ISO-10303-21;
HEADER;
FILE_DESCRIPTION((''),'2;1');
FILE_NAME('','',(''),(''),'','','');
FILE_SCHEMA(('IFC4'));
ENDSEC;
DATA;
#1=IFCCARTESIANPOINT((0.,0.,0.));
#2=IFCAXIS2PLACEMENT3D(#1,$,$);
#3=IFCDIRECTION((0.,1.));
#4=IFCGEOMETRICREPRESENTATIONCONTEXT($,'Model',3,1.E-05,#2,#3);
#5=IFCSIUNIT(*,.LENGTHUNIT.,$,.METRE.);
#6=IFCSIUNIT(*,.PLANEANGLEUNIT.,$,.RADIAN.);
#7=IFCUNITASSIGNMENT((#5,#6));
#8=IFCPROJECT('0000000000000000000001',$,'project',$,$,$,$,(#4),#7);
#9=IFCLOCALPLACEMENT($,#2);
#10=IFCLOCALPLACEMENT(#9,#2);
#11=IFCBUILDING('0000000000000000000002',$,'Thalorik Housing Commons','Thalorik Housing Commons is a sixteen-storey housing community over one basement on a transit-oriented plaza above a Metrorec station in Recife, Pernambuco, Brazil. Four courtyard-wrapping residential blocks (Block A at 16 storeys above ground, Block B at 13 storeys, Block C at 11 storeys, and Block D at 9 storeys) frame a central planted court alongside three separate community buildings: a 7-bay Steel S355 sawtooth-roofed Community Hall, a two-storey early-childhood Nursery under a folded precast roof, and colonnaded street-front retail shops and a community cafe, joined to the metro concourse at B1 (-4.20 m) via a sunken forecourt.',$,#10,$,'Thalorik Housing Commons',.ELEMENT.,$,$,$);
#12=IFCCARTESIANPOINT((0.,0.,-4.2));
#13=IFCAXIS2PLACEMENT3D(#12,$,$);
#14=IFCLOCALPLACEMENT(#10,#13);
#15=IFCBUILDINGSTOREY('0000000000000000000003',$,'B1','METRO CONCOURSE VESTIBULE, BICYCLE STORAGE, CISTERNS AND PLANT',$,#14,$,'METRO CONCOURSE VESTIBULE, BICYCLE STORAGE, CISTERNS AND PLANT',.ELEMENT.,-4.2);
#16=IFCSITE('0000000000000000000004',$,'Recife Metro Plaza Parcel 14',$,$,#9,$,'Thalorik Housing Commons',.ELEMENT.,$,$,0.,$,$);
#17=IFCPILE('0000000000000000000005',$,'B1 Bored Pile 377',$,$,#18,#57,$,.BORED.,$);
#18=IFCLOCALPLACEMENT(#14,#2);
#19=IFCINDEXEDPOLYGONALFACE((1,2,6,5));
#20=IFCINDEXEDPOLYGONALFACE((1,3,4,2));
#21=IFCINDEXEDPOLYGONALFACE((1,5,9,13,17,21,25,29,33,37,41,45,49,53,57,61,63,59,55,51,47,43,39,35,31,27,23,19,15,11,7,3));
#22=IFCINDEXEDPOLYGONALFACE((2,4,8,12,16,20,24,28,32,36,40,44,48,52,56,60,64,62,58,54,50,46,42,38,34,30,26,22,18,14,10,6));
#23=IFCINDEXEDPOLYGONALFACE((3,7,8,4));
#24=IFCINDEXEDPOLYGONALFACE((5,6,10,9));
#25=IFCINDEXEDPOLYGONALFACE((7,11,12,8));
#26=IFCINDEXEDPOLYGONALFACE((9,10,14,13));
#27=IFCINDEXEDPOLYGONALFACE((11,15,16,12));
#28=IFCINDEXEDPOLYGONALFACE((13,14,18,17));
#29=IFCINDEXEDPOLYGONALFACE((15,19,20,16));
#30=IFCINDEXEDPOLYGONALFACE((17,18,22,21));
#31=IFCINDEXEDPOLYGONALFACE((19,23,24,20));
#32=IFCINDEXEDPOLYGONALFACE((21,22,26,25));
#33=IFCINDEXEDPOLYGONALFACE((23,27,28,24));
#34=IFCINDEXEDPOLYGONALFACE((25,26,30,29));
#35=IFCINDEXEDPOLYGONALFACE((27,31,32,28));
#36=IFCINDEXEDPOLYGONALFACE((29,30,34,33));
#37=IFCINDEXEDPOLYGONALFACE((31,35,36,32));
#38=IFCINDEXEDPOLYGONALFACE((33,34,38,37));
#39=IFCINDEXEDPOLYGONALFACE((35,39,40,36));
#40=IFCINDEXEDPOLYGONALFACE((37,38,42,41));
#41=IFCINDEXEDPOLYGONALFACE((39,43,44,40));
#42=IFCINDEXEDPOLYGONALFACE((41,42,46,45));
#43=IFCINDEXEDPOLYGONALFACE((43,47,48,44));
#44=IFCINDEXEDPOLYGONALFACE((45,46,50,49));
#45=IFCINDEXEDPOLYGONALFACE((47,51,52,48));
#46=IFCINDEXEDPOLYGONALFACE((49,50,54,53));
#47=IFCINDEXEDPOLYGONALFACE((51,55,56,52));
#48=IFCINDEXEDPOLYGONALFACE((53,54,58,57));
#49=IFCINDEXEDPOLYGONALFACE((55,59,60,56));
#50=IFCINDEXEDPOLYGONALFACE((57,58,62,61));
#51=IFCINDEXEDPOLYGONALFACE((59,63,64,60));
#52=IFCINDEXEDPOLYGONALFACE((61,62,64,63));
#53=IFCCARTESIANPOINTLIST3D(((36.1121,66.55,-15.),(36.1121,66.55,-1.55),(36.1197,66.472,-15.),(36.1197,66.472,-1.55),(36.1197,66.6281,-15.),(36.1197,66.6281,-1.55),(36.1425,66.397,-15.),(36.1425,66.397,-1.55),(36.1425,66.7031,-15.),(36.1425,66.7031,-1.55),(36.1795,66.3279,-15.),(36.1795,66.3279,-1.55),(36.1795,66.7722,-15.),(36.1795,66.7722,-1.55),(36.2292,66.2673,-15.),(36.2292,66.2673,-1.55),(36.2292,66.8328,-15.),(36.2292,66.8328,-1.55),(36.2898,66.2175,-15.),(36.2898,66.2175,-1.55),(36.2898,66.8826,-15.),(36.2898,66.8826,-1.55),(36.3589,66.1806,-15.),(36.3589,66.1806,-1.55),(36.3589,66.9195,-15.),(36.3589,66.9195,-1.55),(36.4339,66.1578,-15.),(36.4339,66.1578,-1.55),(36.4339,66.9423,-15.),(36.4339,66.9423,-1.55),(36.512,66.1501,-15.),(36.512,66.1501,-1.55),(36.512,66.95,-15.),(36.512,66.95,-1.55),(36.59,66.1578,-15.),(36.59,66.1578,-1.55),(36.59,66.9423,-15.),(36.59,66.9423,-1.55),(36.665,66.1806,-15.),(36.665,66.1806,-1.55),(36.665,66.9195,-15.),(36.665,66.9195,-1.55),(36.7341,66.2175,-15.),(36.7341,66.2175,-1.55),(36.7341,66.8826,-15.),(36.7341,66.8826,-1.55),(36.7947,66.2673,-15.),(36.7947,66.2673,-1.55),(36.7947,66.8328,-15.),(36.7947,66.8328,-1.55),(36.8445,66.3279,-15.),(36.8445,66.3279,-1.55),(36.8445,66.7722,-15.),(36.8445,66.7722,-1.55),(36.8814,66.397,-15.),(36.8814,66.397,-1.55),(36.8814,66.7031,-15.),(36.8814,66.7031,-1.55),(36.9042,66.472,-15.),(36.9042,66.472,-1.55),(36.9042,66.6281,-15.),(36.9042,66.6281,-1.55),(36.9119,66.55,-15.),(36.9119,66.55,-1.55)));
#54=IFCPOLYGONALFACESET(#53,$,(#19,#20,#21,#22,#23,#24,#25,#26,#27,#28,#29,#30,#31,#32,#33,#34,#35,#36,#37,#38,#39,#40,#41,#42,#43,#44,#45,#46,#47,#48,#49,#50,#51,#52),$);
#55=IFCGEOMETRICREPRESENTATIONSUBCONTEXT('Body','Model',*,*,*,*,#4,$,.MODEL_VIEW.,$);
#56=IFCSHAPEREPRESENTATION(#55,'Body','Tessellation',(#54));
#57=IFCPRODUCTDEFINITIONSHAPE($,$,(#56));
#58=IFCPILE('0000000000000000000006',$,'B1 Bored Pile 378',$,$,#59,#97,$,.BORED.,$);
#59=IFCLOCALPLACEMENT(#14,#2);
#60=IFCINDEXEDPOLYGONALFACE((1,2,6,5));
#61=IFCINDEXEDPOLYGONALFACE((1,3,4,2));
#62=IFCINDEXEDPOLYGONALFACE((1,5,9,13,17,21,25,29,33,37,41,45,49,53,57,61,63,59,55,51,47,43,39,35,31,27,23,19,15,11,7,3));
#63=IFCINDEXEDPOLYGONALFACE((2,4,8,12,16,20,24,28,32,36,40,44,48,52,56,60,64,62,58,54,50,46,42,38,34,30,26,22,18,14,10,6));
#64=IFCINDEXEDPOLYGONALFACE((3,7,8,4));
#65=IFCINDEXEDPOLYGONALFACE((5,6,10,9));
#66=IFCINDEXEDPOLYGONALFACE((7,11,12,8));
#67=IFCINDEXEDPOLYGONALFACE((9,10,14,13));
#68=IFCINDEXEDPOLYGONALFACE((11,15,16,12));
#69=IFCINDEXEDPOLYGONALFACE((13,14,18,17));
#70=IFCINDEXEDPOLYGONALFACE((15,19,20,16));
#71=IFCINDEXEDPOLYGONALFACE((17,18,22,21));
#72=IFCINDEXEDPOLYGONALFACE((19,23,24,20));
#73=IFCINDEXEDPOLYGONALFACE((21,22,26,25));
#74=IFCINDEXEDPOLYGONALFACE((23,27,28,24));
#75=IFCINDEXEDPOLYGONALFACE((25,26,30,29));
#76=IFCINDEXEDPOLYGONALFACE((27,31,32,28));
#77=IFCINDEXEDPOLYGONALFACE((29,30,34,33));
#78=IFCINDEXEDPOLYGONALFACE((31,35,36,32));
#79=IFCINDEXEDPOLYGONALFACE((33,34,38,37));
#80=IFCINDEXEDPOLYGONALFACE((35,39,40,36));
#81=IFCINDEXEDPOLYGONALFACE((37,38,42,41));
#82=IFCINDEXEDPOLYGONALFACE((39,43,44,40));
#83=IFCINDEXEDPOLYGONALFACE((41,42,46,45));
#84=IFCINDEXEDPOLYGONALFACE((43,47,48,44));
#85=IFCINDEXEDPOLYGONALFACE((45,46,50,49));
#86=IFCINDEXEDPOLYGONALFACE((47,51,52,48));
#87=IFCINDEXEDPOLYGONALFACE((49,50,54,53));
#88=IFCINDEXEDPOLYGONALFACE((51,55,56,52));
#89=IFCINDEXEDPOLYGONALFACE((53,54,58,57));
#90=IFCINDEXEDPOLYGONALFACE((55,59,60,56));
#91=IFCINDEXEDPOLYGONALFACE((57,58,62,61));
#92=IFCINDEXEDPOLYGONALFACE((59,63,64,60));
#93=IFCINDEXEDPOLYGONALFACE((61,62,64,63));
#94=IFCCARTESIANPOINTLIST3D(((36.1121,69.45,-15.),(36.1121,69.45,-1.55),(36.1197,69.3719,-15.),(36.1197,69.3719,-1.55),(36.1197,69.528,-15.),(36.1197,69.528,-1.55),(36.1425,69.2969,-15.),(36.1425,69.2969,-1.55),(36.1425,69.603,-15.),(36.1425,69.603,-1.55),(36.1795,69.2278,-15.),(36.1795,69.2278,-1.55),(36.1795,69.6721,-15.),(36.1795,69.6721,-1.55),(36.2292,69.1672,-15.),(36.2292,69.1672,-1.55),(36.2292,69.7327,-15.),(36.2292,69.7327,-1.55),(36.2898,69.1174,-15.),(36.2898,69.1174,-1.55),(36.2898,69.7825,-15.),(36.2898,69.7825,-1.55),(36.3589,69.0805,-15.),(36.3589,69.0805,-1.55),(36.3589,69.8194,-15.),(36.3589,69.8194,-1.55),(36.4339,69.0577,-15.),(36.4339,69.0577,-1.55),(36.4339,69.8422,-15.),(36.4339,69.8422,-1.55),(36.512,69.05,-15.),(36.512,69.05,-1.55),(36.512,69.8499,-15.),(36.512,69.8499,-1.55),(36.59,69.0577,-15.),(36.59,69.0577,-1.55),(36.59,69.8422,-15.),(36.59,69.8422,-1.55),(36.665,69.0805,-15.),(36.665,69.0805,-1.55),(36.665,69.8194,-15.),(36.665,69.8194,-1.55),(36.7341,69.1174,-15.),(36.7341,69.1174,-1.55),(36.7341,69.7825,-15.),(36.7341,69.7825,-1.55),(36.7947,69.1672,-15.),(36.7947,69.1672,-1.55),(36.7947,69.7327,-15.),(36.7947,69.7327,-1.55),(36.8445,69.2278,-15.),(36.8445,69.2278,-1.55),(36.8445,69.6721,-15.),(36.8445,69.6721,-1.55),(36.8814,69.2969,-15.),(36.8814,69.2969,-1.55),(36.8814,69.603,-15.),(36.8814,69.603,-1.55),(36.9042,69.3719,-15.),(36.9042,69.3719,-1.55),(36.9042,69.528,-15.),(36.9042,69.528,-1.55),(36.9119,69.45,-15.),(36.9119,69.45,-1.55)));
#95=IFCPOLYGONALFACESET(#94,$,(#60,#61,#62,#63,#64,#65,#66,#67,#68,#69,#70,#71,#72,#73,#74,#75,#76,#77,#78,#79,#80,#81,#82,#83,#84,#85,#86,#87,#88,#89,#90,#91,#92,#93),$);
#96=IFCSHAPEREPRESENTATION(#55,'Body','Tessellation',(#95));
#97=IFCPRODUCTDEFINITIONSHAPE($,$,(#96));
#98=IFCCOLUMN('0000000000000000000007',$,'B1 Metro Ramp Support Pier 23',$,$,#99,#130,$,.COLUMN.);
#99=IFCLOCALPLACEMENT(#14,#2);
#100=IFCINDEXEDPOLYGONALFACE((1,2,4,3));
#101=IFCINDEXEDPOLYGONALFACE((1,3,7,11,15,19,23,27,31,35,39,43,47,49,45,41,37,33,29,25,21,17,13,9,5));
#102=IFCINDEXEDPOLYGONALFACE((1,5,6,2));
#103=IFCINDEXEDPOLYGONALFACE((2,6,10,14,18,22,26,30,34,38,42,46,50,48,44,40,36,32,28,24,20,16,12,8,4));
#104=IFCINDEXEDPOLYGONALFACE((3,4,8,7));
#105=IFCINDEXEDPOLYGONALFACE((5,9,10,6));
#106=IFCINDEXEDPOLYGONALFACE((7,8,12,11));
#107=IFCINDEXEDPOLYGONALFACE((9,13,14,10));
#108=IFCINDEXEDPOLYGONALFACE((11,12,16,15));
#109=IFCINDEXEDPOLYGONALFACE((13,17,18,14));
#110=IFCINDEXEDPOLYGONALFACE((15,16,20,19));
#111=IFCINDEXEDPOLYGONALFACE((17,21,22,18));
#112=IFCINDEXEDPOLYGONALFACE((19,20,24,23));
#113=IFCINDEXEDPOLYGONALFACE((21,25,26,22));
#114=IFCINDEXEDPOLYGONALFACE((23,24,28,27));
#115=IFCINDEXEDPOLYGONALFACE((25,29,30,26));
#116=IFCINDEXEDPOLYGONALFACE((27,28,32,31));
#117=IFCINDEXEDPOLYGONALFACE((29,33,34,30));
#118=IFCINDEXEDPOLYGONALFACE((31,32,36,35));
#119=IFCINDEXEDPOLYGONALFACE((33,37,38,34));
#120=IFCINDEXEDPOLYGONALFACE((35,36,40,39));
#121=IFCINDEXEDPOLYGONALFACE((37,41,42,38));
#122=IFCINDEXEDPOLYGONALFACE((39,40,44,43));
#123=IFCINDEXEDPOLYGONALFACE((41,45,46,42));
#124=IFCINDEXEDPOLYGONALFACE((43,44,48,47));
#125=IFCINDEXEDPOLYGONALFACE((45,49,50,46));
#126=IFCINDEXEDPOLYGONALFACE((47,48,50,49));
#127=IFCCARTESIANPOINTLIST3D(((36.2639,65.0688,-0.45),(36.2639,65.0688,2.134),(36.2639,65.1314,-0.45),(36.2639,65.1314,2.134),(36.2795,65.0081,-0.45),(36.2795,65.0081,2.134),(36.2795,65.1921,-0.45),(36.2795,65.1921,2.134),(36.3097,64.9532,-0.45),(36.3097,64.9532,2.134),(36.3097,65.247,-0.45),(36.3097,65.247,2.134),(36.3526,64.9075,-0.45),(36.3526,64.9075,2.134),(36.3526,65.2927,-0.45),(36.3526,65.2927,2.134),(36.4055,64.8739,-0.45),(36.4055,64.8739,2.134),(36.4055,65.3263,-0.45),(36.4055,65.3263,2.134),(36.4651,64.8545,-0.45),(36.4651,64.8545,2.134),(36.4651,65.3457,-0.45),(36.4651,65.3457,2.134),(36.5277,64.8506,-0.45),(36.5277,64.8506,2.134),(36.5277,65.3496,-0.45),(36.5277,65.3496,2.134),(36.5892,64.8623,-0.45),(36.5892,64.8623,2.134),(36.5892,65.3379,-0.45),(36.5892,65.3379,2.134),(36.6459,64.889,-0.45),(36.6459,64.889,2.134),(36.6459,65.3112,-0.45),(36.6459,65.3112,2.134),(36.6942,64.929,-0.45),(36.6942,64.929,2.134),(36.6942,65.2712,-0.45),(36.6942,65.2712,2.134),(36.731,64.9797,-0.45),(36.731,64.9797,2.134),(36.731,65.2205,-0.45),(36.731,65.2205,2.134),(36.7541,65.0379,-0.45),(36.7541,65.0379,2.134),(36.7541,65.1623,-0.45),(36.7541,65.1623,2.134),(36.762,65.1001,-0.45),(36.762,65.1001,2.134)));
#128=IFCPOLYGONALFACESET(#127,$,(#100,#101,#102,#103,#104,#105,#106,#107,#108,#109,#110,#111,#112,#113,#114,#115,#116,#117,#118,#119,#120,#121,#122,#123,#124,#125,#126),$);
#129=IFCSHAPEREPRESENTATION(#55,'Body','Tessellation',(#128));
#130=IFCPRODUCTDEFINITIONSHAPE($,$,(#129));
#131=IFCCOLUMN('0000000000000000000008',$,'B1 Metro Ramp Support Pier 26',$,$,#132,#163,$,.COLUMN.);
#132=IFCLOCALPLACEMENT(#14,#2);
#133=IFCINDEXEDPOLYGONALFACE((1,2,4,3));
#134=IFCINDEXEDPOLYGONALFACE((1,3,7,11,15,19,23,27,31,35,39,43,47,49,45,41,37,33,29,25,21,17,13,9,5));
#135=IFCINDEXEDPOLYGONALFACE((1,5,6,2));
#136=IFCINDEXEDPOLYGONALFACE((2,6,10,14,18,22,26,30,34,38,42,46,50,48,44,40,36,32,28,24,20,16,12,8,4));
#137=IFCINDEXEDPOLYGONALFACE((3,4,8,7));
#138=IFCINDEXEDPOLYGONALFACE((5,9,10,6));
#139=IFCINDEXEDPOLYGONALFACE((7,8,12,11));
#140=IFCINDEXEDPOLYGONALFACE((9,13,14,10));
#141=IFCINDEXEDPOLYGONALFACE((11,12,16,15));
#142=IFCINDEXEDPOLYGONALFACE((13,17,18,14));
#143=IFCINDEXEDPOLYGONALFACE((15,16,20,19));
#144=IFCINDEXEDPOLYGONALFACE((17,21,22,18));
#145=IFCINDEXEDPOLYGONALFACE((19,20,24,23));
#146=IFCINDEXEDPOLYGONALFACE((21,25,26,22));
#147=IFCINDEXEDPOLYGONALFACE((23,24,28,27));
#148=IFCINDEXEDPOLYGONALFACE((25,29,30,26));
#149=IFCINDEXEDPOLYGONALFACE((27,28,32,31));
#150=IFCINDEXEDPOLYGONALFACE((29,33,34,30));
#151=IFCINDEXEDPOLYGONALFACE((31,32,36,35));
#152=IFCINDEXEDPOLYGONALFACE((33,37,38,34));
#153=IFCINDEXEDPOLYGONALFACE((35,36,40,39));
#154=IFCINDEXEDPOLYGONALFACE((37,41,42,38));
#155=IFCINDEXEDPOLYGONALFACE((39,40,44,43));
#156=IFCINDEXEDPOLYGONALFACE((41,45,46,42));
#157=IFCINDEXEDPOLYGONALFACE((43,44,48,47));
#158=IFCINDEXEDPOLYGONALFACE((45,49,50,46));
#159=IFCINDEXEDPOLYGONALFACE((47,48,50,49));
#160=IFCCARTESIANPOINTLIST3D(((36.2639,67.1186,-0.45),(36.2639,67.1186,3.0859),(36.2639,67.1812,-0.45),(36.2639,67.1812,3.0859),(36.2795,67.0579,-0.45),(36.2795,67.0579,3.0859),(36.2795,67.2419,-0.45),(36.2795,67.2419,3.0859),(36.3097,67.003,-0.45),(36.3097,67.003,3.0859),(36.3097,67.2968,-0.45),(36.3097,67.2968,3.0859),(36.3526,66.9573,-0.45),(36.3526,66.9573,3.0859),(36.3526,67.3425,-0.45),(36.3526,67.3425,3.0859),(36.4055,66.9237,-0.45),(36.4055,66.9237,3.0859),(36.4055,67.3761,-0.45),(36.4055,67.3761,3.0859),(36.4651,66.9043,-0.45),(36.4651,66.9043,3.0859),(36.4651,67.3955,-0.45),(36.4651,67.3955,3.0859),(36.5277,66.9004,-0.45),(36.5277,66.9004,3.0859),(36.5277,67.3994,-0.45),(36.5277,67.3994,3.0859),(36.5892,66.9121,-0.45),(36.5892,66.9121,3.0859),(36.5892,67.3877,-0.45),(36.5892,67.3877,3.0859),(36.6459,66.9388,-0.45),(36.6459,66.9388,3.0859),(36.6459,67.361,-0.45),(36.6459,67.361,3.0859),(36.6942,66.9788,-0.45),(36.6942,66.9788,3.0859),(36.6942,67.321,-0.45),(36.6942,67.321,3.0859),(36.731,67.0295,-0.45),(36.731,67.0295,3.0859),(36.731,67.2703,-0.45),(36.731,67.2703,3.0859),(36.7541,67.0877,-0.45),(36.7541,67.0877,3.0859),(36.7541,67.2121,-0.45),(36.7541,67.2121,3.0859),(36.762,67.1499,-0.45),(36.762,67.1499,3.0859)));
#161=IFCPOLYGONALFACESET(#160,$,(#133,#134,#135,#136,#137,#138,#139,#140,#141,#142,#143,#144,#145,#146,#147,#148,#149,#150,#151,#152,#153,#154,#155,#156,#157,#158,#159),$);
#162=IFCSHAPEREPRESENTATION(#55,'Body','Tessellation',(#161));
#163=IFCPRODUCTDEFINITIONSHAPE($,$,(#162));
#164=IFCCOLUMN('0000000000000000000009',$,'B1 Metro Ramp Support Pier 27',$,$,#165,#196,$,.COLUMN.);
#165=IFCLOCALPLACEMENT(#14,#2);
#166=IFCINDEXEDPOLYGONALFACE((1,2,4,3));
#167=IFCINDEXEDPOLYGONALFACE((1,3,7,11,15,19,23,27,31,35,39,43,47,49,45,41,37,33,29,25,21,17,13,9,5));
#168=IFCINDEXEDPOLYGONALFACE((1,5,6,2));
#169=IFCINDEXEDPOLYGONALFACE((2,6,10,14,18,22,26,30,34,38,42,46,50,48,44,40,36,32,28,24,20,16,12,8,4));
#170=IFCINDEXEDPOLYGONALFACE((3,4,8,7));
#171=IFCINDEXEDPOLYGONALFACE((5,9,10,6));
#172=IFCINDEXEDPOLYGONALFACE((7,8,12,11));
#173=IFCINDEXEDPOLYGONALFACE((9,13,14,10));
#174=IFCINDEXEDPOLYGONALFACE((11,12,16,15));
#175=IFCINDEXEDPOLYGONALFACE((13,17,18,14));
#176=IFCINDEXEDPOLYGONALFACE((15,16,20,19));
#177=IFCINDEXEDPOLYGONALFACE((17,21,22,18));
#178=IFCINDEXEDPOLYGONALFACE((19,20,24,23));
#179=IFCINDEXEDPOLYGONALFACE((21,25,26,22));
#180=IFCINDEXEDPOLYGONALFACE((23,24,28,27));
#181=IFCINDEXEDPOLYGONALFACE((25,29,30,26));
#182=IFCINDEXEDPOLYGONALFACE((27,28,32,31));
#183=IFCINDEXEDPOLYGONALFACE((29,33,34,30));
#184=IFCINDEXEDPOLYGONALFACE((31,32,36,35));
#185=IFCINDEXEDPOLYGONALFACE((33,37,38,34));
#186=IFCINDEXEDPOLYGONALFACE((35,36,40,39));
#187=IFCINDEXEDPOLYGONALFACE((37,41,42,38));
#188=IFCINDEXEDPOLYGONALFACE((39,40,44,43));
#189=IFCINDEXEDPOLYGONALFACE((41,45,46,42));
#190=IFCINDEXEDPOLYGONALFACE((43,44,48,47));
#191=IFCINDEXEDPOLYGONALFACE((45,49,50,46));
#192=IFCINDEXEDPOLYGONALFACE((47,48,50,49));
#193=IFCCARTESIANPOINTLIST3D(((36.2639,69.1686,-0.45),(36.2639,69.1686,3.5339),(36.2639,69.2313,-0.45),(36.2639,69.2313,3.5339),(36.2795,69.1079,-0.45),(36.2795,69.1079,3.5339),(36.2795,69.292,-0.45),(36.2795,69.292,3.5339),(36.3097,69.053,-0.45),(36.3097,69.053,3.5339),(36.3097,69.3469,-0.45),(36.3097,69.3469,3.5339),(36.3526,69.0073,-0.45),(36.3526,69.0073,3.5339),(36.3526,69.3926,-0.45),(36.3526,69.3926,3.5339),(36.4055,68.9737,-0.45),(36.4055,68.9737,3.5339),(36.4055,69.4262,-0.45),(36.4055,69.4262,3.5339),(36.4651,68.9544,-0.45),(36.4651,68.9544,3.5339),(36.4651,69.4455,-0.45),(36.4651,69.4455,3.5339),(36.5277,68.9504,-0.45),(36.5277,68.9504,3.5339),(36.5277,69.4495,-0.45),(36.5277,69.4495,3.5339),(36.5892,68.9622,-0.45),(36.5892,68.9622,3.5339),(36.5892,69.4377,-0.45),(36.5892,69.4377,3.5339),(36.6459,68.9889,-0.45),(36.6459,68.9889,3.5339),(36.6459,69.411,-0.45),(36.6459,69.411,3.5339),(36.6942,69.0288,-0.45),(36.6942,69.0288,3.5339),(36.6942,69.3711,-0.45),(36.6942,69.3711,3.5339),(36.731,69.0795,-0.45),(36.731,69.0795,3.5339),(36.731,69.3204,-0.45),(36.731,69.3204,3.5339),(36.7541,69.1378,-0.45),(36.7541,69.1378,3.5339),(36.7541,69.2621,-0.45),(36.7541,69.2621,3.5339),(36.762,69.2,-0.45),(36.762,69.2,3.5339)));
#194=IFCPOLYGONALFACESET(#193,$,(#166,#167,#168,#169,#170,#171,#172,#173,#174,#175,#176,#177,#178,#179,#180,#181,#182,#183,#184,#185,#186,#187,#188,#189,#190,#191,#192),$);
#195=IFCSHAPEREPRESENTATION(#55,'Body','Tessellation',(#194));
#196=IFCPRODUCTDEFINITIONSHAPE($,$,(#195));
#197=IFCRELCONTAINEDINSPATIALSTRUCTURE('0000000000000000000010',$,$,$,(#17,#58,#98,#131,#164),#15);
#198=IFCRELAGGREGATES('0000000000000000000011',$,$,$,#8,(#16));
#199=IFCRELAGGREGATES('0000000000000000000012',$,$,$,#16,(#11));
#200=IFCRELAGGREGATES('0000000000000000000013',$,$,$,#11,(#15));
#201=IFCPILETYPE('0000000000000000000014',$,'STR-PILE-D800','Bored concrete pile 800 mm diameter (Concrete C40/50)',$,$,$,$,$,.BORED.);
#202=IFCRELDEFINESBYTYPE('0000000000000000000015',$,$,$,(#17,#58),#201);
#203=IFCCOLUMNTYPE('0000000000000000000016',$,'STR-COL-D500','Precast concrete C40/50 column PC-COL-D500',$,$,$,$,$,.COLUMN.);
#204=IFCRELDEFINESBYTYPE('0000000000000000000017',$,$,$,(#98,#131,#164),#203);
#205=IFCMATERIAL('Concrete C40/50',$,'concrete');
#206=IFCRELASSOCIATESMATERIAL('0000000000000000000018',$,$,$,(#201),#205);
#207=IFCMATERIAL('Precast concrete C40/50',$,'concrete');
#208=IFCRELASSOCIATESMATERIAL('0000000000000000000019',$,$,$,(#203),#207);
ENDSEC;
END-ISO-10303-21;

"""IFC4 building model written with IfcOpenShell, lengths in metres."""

from ifc_helpers import new_model, si_unit, direction, frame, origin, origin_2d, place, context, subcontext, project, spatial, circle, extrude, material, material_profile, profile_set, type_object, element, save


model = new_model("IFC4")

# Units and contexts
model_context = context("Model", 3, precision=1e-05, world=origin(), true_north=direction((0.0, 1.0)))
body_context = subcontext(model_context, "Body", "Model", "MODEL_VIEW")
ifc_project = project(units=[si_unit("LENGTHUNIT", "METRE"), si_unit("PLANEANGLEUNIT", "RADIAN")], contexts=[model_context])

# Site, building, storey
site_placement = place(None, origin())
site = spatial("IfcSite", under=ifc_project, at=site_placement, Name="Recife Metro Plaza Parcel 14", LongName="Thalorik Housing Commons", CompositionType="ELEMENT", RefElevation=0.0)
building_placement = place(site_placement, origin())
building = spatial("IfcBuilding", under=site, at=building_placement, Name="Thalorik Housing Commons", Description="Thalorik Housing Commons is a sixteen-storey housing community over one basement on a transit-oriented plaza above a Metrorec station in Recife, Pernambuco, Brazil. Four courtyard-wrapping residential blocks (Block A at 16 storeys above ground, Block B at 13 storeys, Block C at 11 storeys, and Block D at 9 storeys) frame a central planted court alongside three separate community buildings: a 7-bay Steel S355 sawtooth-roofed Community Hall, a two-storey early-childhood Nursery under a folded precast roof, and colonnaded street-front retail shops and a community cafe, joined to the metro concourse at B1 (-4.20 m) via a sunken forecourt.", LongName="Thalorik Housing Commons", CompositionType="ELEMENT")
storey_placement = place(building_placement, frame((0.0, 0.0, -4.2)))
storey = spatial("IfcBuildingStorey", under=building, at=storey_placement, Name="B1", Description="METRO CONCOURSE VESTIBULE, BICYCLE STORAGE, CISTERNS AND PLANT", LongName="METRO CONCOURSE VESTIBULE, BICYCLE STORAGE, CISTERNS AND PLANT", CompositionType="ELEMENT", Elevation=-4.2)

# Shared definitions
ifc_material_1 = material(Name="Concrete C40/50", Category="concrete")

# Piles
ifc_material_profile_1 = material_profile(ifc_material_1, circle(Radius=0.3999, at=origin_2d()), Name="BORED PILE D800", Category="concrete")
ifc_profile_set_1 = profile_set([ifc_material_profile_1], Name="Concrete C40/50")
pile_type_1 = type_object("IfcPileType", Name="STR-PILE-D800", Description="Bored concrete pile 800 mm diameter (Concrete C40/50)", PredefinedType="BORED", material=ifc_profile_set_1)
for number, where, z_axis, x_axis, name in (
    (1, (36.512, 66.55, -1.55), (0.0, 0.0, -1.0), (1.0, 0.0, 0.0), "B1 Bored Pile 377"),
    (2, (36.512, 69.45, -1.55), (0.0, 0.0, -1.0), (1.0, 0.0, 0.0), "B1 Bored Pile 378"),
):
    element("IfcPile", number, at=place(storey_placement, frame(where, z_axis=z_axis, x_axis=x_axis)), inside=storey, type_object=pile_type_1, Name=name, PredefinedType="BORED", context=body_context, shape_type="SweptSolid", body=[
        extrude(circle(Radius=0.3999, at=origin_2d()), origin(), (0.0, 0.0, 1.0), 13.45),
    ])

# Columns
ifc_material_2 = material(Name="Precast concrete C40/50", Category="concrete")
ifc_material_profile_2 = material_profile(ifc_material_2, circle(Radius=0.25, at=origin_2d()), Name="PC D500", Category="concrete")
ifc_profile_set_2 = profile_set([ifc_material_profile_2], Name="Precast concrete C40/50")
column_type_1 = type_object("IfcColumnType", Name="STR-COL-D500", Description="Precast concrete C40/50 column PC-COL-D500", PredefinedType="COLUMN", material=ifc_profile_set_2)
column_1_placement = place(storey_placement, frame((36.512, 65.1001, -0.45), z_axis=(0.0, 0.0, 1.0), x_axis=(1.0, 0.0, 0.0)))
element("IfcColumn", 3, at=column_1_placement, inside=storey, type_object=column_type_1, Name="B1 Metro Ramp Support Pier 23", PredefinedType="COLUMN", context=body_context, shape_type="SweptSolid", body=[
    extrude(circle(Radius=0.25, at=origin_2d()), origin(), (0.0, 0.0, 1.0), 2.584),
])
column_2_placement = place(storey_placement, frame((36.512, 67.1499, -0.45), z_axis=(0.0, 0.0, 1.0), x_axis=(1.0, 0.0, 0.0)))
element("IfcColumn", 4, at=column_2_placement, inside=storey, type_object=column_type_1, Name="B1 Metro Ramp Support Pier 26", PredefinedType="COLUMN", context=body_context, shape_type="SweptSolid", body=[
    extrude(circle(Radius=0.25, at=origin_2d()), origin(), (0.0, 0.0, 1.0), 3.5359),
])
column_3_placement = place(storey_placement, frame((36.512, 69.2, -0.45), z_axis=(0.0, 0.0, 1.0), x_axis=(1.0, 0.0, 0.0)))
element("IfcColumn", 5, at=column_3_placement, inside=storey, type_object=column_type_1, Name="B1 Metro Ramp Support Pier 27", PredefinedType="COLUMN", context=body_context, shape_type="SweptSolid", body=[
    extrude(circle(Radius=0.25, at=origin_2d()), origin(), (0.0, 0.0, 1.0), 3.9839),
])

save(model, "model.ifc")
